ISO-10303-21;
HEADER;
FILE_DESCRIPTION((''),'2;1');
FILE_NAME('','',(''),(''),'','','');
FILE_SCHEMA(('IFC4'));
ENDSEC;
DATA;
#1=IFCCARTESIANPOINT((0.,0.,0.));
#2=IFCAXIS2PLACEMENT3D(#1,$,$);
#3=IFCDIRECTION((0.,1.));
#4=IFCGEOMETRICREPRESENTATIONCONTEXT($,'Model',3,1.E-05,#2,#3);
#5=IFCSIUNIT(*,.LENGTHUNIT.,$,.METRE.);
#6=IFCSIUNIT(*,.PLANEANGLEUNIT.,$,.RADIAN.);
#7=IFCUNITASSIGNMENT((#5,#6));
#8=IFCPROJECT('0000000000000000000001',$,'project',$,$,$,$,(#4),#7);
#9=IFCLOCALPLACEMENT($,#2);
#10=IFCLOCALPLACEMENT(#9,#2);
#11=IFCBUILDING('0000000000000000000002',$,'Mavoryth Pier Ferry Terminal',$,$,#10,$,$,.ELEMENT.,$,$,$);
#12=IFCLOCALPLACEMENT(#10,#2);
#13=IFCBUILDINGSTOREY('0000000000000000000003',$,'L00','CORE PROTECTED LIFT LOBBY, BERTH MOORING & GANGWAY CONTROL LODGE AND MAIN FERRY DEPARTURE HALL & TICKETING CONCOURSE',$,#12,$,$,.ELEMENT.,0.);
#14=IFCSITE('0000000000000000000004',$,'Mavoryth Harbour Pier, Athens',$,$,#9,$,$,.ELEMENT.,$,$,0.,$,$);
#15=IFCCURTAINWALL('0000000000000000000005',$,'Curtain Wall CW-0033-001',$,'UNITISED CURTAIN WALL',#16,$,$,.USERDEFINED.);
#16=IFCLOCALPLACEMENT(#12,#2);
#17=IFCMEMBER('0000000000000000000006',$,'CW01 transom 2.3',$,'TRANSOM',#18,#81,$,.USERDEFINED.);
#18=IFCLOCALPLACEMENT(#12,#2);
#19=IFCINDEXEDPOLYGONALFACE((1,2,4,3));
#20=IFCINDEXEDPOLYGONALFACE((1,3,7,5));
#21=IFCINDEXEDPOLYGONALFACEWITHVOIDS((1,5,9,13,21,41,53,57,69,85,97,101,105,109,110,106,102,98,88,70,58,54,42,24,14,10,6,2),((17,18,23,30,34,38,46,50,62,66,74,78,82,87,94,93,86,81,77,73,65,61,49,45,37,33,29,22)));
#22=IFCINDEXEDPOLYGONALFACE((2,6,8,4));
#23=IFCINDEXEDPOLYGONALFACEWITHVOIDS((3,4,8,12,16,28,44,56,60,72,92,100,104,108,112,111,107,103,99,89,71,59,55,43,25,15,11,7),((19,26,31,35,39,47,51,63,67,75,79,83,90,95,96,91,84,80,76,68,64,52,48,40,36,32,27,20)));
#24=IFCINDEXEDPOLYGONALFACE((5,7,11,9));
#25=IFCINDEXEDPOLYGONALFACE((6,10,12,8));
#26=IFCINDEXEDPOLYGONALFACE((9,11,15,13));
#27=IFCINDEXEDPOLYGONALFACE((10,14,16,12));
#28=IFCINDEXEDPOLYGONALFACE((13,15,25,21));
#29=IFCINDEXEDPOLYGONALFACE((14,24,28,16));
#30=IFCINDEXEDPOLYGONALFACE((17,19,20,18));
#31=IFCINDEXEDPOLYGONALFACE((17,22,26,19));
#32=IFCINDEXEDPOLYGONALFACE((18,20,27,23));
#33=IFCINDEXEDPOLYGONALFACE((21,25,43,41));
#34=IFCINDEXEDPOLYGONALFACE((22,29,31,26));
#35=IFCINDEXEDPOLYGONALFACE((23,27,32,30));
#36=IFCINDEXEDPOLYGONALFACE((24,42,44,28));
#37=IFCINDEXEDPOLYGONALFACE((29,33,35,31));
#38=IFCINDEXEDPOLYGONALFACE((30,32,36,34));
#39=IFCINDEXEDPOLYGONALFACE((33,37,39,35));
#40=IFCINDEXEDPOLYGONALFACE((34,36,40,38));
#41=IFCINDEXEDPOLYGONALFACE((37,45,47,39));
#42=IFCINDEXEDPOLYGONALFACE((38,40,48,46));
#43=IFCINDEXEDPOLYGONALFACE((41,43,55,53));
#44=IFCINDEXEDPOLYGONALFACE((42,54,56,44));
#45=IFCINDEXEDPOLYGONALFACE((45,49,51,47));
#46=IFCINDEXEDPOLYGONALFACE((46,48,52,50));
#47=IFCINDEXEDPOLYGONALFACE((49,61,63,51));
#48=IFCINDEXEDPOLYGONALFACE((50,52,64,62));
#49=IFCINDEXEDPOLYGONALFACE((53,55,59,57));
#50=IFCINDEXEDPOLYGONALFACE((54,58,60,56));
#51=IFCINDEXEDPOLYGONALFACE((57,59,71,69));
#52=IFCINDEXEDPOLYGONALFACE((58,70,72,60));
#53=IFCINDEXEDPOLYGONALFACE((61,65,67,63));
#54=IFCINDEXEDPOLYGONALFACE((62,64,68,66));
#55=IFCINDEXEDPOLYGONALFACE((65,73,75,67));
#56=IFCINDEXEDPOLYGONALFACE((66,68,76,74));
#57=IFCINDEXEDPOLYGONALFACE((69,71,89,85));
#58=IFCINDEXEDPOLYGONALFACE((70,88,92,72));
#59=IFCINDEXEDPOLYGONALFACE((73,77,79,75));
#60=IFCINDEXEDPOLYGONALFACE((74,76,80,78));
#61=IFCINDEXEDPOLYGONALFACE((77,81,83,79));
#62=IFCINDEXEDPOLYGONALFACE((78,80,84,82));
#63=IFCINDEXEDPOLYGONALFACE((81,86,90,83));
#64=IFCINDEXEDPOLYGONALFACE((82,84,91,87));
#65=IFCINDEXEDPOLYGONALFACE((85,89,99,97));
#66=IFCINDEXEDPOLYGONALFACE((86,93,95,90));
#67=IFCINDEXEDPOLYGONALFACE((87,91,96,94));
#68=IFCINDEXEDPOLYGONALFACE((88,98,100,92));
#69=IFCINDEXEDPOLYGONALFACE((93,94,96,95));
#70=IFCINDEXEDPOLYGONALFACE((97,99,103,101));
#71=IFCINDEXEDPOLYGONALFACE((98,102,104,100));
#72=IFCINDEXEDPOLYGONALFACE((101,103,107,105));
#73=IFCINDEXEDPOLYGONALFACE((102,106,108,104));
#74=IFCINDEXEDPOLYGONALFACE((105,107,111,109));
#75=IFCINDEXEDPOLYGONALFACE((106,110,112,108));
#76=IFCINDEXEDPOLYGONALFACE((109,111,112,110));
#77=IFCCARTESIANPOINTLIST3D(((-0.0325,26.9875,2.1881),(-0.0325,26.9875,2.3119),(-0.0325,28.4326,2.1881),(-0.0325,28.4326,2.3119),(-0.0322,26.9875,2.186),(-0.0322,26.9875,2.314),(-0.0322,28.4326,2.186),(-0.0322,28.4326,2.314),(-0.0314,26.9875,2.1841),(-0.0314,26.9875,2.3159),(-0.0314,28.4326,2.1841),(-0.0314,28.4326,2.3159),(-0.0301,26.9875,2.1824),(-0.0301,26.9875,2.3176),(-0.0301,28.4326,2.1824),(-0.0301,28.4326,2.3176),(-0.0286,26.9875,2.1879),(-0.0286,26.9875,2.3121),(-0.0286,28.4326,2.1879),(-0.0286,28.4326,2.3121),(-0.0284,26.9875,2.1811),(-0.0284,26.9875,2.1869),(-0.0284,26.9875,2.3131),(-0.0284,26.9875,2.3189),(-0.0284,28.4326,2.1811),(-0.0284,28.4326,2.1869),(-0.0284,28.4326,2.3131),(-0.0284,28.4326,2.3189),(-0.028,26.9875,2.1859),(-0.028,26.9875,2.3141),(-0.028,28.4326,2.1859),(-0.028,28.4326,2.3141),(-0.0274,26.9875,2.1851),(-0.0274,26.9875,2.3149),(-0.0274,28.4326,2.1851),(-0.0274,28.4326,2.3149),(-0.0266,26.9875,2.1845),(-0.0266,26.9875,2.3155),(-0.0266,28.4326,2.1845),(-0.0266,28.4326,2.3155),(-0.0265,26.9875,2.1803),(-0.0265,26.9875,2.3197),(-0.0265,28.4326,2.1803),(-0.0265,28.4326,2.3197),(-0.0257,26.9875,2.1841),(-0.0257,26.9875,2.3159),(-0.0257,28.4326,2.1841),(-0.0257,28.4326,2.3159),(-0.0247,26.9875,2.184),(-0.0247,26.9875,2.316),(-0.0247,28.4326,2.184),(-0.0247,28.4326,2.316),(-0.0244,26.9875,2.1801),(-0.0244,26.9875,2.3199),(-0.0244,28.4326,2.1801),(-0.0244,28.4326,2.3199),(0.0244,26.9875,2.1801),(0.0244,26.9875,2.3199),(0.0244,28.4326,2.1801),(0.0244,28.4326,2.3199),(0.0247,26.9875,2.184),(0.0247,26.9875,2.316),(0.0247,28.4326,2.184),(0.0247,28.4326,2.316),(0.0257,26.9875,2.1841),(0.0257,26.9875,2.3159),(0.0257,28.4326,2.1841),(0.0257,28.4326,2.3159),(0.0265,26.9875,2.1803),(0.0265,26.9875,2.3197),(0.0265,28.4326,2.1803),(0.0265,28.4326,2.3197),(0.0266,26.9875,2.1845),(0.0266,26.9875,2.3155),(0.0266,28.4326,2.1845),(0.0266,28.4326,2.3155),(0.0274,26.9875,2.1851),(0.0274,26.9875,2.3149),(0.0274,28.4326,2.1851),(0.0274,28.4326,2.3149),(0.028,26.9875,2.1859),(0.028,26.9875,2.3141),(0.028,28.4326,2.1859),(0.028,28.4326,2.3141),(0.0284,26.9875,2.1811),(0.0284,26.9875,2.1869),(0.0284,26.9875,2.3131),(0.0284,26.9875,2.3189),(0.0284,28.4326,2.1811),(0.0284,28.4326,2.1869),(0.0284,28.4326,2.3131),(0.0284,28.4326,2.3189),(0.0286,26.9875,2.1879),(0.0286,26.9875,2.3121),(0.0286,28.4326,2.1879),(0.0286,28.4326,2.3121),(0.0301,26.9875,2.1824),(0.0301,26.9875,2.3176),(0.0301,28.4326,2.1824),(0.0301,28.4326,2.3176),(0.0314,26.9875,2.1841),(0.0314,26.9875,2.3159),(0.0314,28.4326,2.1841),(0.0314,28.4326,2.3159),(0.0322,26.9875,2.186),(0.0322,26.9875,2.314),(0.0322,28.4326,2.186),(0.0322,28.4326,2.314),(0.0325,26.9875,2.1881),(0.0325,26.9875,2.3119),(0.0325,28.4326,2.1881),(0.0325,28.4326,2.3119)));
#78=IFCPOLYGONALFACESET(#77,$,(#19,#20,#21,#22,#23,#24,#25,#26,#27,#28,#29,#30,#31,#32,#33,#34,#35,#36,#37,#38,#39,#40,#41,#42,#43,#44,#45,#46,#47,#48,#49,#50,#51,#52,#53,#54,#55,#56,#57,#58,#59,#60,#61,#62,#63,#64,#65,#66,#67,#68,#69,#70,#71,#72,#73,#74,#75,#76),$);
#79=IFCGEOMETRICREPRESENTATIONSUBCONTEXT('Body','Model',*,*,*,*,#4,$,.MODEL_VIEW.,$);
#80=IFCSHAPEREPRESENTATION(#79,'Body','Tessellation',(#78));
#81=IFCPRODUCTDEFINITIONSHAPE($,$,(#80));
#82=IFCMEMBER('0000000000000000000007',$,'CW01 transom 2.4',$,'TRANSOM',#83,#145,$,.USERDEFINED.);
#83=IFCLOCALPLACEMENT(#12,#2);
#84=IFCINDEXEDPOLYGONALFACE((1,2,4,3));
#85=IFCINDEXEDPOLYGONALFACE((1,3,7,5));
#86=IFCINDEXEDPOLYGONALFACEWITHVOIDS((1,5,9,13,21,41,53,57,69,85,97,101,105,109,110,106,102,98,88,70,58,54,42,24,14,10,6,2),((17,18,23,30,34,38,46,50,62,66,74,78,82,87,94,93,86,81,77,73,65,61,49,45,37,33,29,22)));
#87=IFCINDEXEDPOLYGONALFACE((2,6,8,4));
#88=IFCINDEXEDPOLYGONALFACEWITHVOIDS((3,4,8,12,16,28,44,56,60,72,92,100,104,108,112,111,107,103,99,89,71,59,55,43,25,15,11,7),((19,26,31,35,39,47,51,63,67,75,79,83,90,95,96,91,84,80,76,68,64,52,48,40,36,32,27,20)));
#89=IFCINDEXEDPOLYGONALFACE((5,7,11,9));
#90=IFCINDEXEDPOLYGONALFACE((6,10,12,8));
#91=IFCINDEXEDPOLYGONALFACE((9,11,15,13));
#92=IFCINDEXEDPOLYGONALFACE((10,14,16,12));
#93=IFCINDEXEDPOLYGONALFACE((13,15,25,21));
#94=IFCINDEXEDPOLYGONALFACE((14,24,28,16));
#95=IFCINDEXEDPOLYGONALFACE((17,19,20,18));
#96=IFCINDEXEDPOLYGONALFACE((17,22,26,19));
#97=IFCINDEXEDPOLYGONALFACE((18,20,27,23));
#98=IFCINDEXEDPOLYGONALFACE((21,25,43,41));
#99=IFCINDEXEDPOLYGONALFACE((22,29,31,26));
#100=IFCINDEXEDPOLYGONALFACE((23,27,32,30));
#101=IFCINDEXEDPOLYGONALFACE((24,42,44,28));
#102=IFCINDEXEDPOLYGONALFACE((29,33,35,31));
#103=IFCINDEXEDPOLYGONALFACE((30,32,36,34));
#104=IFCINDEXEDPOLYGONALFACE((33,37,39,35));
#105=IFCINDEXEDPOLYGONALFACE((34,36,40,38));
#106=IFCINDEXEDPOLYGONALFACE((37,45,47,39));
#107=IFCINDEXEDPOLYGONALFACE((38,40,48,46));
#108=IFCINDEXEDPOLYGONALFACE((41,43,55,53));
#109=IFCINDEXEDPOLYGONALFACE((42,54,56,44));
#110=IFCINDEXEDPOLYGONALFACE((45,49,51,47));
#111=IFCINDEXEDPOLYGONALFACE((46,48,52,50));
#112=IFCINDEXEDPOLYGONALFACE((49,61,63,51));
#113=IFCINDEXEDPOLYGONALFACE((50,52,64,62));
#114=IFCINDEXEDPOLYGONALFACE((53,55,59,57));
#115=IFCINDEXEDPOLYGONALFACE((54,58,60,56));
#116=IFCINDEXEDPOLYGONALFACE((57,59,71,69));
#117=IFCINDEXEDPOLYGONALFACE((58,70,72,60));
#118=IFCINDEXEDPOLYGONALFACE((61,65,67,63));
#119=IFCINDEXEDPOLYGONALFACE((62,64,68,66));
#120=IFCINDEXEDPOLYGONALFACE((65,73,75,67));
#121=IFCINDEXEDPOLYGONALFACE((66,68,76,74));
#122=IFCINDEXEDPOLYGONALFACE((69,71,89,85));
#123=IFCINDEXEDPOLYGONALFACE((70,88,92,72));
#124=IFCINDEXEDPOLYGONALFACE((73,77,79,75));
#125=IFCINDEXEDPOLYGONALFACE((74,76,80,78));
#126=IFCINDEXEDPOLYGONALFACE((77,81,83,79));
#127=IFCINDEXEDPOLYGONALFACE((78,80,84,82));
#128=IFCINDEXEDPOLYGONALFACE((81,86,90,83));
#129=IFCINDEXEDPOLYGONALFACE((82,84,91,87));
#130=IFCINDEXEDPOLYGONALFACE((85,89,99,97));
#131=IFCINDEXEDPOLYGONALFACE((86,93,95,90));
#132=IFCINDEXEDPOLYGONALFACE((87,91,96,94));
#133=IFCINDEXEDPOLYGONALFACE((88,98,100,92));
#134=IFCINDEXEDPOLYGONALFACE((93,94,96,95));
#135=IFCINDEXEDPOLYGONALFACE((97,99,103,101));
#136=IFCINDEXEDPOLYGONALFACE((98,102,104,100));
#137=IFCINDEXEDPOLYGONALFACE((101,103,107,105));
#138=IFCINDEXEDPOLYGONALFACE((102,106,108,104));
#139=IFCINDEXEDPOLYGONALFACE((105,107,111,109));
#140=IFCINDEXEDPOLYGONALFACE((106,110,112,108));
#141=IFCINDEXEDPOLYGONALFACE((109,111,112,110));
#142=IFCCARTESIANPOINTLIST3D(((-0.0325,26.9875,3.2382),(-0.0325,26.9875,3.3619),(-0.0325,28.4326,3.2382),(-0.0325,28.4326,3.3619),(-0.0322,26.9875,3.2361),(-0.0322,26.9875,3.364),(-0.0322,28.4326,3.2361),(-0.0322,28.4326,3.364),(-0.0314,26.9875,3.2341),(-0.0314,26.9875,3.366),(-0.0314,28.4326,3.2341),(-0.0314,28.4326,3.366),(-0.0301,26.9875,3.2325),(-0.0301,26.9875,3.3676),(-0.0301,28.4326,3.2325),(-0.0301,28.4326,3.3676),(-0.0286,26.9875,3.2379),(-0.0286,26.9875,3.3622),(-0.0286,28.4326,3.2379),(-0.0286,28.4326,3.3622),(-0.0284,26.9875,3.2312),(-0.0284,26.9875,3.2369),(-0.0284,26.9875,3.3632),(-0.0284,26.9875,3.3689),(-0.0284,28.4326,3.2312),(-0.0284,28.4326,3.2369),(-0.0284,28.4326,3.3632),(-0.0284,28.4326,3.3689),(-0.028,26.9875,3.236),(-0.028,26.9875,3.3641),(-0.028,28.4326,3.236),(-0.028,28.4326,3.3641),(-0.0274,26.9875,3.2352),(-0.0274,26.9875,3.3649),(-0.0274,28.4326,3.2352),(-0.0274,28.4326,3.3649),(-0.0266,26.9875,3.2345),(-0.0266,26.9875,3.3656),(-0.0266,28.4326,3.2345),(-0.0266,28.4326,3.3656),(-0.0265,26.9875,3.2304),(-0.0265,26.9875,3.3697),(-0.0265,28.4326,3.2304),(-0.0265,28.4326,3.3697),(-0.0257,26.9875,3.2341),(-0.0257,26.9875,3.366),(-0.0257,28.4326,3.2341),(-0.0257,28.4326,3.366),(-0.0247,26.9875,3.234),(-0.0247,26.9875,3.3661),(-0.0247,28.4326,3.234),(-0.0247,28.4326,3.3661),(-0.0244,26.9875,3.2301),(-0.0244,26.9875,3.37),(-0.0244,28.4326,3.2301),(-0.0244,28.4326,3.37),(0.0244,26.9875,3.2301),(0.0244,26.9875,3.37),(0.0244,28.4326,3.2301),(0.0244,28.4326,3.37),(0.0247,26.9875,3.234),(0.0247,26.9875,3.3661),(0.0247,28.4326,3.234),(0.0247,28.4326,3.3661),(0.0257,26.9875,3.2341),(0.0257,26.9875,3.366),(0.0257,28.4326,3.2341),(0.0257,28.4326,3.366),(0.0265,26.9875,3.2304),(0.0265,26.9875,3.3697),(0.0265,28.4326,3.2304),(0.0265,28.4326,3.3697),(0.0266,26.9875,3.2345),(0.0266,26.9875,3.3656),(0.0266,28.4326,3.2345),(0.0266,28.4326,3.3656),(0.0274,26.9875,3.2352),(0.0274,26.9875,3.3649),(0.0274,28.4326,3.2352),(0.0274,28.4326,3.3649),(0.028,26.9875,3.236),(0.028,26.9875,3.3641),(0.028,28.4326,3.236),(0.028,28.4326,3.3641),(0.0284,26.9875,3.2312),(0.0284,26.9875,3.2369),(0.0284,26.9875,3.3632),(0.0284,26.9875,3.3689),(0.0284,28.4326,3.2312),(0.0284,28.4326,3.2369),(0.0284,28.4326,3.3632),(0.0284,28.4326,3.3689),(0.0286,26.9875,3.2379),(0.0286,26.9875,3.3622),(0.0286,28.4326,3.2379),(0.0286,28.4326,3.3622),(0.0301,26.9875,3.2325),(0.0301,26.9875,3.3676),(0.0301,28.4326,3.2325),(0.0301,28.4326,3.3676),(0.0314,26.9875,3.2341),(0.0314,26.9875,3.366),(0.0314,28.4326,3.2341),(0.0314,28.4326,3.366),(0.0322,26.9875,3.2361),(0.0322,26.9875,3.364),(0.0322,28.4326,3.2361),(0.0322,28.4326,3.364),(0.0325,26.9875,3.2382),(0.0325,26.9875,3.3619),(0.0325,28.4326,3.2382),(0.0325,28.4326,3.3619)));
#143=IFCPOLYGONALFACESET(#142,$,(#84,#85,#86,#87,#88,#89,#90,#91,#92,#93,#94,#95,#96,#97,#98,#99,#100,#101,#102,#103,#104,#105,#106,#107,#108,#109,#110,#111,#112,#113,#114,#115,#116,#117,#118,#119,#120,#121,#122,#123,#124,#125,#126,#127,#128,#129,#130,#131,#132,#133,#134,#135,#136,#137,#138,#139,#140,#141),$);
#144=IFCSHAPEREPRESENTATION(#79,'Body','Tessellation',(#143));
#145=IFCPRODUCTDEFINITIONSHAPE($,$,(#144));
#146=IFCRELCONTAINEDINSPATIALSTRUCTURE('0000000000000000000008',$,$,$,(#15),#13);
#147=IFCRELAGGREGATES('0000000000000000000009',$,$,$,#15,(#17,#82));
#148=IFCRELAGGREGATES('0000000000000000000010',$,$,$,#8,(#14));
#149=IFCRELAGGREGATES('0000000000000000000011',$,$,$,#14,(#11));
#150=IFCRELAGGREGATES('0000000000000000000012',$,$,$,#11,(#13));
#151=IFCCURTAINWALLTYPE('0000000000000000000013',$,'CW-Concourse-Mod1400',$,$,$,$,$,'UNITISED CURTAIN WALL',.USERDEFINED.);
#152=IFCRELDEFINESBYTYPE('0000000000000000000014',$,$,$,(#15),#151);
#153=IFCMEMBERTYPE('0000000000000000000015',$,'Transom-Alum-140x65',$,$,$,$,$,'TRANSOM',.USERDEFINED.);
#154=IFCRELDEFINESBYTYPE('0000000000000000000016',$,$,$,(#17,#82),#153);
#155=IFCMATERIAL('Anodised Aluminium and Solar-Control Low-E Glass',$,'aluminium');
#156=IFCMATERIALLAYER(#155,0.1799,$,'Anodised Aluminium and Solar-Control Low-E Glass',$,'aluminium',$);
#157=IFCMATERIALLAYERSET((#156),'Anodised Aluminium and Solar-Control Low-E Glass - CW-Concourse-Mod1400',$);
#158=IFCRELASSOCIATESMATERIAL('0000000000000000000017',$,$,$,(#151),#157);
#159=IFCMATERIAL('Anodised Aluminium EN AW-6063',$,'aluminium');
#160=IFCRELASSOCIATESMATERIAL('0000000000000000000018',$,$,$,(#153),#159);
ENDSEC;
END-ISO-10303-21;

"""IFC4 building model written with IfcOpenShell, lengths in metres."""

from ifc_helpers import new_model, si_unit, direction, frame, origin, origin_2d, place, context, subcontext, project, spatial, hollow_rectangle, extrude, material, layer, layer_set, material_profile, profile_set, type_object, element, aggregate, save


model = new_model("IFC4")

# Units and contexts
model_context = context("Model", 3, precision=1e-05, world=origin(), true_north=direction((0.0, 1.0)))
body_context = subcontext(model_context, "Body", "Model", "MODEL_VIEW")
ifc_project = project(units=[si_unit("LENGTHUNIT", "METRE"), si_unit("PLANEANGLEUNIT", "RADIAN")], contexts=[model_context])

# Site, building, storey
site_placement = place(None, origin())
site = spatial("IfcSite", under=ifc_project, at=site_placement, Name="Mavoryth Harbour Pier, Athens", CompositionType="ELEMENT", RefElevation=0.0)
building_placement = place(site_placement, origin())
building = spatial("IfcBuilding", under=site, at=building_placement, Name="Mavoryth Pier Ferry Terminal", CompositionType="ELEMENT")
storey_placement = place(building_placement, origin())
storey = spatial("IfcBuildingStorey", under=building, at=storey_placement, Name="L00", Description="CORE PROTECTED LIFT LOBBY, BERTH MOORING & GANGWAY CONTROL LODGE AND MAIN FERRY DEPARTURE HALL & TICKETING CONCOURSE", CompositionType="ELEMENT", Elevation=0.0)

# Curtain wall, members
ifc_material_1 = material(Name="Anodised Aluminium and Solar-Control Low-E Glass", Category="aluminium")
ifc_layer_1 = layer(ifc_material_1, 0.1799, Name="Anodised Aluminium and Solar-Control Low-E Glass", Category="aluminium")
ifc_layer_set_1 = layer_set([ifc_layer_1], Name="Anodised Aluminium and Solar-Control Low-E Glass - CW-Concourse-Mod1400")
curtain_wall_type = type_object("IfcCurtainWallType", Name="CW-Concourse-Mod1400", ElementType="UNITISED CURTAIN WALL", PredefinedType="USERDEFINED", material=ifc_layer_set_1)
curtain_wall_placement = place(storey_placement, origin())
curtain_wall = element("IfcCurtainWall", 1, at=curtain_wall_placement, inside=storey, type_object=curtain_wall_type, Name="Curtain Wall CW-0033-001", ObjectType="UNITISED CURTAIN WALL", PredefinedType="USERDEFINED")
ifc_material_2 = material(Name="Anodised Aluminium EN AW-6063", Category="aluminium")
ifc_material_profile_1 = material_profile(ifc_material_2, hollow_rectangle(XDim=0.0649, YDim=0.1399, WallThickness=0.0039, InnerFilletRadius=0.0039, OuterFilletRadius=0.0081, at=origin_2d()), Name="AL-TRAN 140x65x4", Category="aluminium")
ifc_profile_set_1 = profile_set([ifc_material_profile_1], Name="Anodised Aluminium EN AW-6063 - AL-TRAN 140x65x4")
member_type_1 = type_object("IfcMemberType", Name="Transom-Alum-140x65", ElementType="TRANSOM", PredefinedType="USERDEFINED", material=ifc_profile_set_1)
member_1_placement = place(storey_placement, frame((0.0, 28.4326, 2.25), z_axis=(0.0, -1.0, 0.0), x_axis=(1.0, 0.0, 0.0)))
member_1 = element("IfcMember", 2, at=member_1_placement, type_object=member_type_1, Name="CW01 transom 2.3", ObjectType="TRANSOM", PredefinedType="USERDEFINED", context=body_context, shape_type="SweptSolid", body=[
    extrude(hollow_rectangle(XDim=0.0649, YDim=0.1399, WallThickness=0.0039, InnerFilletRadius=0.0039, OuterFilletRadius=0.0081, at=origin_2d()), origin(), (0.0, 0.0, 1.0), 1.4451),
])
member_2_placement = place(storey_placement, frame((0.0, 28.4326, 3.3), z_axis=(0.0, -1.0, 0.0), x_axis=(1.0, 0.0, 0.0)))
member_2 = element("IfcMember", 3, at=member_2_placement, type_object=member_type_1, Name="CW01 transom 2.4", ObjectType="TRANSOM", PredefinedType="USERDEFINED", context=body_context, shape_type="SweptSolid", body=[
    extrude(hollow_rectangle(XDim=0.0649, YDim=0.1399, WallThickness=0.0039, InnerFilletRadius=0.0039, OuterFilletRadius=0.0081, at=origin_2d()), origin(), (0.0, 0.0, 1.0), 1.4451),
])
aggregate(curtain_wall, [member_1, member_2])

save(model, "model.ifc")
